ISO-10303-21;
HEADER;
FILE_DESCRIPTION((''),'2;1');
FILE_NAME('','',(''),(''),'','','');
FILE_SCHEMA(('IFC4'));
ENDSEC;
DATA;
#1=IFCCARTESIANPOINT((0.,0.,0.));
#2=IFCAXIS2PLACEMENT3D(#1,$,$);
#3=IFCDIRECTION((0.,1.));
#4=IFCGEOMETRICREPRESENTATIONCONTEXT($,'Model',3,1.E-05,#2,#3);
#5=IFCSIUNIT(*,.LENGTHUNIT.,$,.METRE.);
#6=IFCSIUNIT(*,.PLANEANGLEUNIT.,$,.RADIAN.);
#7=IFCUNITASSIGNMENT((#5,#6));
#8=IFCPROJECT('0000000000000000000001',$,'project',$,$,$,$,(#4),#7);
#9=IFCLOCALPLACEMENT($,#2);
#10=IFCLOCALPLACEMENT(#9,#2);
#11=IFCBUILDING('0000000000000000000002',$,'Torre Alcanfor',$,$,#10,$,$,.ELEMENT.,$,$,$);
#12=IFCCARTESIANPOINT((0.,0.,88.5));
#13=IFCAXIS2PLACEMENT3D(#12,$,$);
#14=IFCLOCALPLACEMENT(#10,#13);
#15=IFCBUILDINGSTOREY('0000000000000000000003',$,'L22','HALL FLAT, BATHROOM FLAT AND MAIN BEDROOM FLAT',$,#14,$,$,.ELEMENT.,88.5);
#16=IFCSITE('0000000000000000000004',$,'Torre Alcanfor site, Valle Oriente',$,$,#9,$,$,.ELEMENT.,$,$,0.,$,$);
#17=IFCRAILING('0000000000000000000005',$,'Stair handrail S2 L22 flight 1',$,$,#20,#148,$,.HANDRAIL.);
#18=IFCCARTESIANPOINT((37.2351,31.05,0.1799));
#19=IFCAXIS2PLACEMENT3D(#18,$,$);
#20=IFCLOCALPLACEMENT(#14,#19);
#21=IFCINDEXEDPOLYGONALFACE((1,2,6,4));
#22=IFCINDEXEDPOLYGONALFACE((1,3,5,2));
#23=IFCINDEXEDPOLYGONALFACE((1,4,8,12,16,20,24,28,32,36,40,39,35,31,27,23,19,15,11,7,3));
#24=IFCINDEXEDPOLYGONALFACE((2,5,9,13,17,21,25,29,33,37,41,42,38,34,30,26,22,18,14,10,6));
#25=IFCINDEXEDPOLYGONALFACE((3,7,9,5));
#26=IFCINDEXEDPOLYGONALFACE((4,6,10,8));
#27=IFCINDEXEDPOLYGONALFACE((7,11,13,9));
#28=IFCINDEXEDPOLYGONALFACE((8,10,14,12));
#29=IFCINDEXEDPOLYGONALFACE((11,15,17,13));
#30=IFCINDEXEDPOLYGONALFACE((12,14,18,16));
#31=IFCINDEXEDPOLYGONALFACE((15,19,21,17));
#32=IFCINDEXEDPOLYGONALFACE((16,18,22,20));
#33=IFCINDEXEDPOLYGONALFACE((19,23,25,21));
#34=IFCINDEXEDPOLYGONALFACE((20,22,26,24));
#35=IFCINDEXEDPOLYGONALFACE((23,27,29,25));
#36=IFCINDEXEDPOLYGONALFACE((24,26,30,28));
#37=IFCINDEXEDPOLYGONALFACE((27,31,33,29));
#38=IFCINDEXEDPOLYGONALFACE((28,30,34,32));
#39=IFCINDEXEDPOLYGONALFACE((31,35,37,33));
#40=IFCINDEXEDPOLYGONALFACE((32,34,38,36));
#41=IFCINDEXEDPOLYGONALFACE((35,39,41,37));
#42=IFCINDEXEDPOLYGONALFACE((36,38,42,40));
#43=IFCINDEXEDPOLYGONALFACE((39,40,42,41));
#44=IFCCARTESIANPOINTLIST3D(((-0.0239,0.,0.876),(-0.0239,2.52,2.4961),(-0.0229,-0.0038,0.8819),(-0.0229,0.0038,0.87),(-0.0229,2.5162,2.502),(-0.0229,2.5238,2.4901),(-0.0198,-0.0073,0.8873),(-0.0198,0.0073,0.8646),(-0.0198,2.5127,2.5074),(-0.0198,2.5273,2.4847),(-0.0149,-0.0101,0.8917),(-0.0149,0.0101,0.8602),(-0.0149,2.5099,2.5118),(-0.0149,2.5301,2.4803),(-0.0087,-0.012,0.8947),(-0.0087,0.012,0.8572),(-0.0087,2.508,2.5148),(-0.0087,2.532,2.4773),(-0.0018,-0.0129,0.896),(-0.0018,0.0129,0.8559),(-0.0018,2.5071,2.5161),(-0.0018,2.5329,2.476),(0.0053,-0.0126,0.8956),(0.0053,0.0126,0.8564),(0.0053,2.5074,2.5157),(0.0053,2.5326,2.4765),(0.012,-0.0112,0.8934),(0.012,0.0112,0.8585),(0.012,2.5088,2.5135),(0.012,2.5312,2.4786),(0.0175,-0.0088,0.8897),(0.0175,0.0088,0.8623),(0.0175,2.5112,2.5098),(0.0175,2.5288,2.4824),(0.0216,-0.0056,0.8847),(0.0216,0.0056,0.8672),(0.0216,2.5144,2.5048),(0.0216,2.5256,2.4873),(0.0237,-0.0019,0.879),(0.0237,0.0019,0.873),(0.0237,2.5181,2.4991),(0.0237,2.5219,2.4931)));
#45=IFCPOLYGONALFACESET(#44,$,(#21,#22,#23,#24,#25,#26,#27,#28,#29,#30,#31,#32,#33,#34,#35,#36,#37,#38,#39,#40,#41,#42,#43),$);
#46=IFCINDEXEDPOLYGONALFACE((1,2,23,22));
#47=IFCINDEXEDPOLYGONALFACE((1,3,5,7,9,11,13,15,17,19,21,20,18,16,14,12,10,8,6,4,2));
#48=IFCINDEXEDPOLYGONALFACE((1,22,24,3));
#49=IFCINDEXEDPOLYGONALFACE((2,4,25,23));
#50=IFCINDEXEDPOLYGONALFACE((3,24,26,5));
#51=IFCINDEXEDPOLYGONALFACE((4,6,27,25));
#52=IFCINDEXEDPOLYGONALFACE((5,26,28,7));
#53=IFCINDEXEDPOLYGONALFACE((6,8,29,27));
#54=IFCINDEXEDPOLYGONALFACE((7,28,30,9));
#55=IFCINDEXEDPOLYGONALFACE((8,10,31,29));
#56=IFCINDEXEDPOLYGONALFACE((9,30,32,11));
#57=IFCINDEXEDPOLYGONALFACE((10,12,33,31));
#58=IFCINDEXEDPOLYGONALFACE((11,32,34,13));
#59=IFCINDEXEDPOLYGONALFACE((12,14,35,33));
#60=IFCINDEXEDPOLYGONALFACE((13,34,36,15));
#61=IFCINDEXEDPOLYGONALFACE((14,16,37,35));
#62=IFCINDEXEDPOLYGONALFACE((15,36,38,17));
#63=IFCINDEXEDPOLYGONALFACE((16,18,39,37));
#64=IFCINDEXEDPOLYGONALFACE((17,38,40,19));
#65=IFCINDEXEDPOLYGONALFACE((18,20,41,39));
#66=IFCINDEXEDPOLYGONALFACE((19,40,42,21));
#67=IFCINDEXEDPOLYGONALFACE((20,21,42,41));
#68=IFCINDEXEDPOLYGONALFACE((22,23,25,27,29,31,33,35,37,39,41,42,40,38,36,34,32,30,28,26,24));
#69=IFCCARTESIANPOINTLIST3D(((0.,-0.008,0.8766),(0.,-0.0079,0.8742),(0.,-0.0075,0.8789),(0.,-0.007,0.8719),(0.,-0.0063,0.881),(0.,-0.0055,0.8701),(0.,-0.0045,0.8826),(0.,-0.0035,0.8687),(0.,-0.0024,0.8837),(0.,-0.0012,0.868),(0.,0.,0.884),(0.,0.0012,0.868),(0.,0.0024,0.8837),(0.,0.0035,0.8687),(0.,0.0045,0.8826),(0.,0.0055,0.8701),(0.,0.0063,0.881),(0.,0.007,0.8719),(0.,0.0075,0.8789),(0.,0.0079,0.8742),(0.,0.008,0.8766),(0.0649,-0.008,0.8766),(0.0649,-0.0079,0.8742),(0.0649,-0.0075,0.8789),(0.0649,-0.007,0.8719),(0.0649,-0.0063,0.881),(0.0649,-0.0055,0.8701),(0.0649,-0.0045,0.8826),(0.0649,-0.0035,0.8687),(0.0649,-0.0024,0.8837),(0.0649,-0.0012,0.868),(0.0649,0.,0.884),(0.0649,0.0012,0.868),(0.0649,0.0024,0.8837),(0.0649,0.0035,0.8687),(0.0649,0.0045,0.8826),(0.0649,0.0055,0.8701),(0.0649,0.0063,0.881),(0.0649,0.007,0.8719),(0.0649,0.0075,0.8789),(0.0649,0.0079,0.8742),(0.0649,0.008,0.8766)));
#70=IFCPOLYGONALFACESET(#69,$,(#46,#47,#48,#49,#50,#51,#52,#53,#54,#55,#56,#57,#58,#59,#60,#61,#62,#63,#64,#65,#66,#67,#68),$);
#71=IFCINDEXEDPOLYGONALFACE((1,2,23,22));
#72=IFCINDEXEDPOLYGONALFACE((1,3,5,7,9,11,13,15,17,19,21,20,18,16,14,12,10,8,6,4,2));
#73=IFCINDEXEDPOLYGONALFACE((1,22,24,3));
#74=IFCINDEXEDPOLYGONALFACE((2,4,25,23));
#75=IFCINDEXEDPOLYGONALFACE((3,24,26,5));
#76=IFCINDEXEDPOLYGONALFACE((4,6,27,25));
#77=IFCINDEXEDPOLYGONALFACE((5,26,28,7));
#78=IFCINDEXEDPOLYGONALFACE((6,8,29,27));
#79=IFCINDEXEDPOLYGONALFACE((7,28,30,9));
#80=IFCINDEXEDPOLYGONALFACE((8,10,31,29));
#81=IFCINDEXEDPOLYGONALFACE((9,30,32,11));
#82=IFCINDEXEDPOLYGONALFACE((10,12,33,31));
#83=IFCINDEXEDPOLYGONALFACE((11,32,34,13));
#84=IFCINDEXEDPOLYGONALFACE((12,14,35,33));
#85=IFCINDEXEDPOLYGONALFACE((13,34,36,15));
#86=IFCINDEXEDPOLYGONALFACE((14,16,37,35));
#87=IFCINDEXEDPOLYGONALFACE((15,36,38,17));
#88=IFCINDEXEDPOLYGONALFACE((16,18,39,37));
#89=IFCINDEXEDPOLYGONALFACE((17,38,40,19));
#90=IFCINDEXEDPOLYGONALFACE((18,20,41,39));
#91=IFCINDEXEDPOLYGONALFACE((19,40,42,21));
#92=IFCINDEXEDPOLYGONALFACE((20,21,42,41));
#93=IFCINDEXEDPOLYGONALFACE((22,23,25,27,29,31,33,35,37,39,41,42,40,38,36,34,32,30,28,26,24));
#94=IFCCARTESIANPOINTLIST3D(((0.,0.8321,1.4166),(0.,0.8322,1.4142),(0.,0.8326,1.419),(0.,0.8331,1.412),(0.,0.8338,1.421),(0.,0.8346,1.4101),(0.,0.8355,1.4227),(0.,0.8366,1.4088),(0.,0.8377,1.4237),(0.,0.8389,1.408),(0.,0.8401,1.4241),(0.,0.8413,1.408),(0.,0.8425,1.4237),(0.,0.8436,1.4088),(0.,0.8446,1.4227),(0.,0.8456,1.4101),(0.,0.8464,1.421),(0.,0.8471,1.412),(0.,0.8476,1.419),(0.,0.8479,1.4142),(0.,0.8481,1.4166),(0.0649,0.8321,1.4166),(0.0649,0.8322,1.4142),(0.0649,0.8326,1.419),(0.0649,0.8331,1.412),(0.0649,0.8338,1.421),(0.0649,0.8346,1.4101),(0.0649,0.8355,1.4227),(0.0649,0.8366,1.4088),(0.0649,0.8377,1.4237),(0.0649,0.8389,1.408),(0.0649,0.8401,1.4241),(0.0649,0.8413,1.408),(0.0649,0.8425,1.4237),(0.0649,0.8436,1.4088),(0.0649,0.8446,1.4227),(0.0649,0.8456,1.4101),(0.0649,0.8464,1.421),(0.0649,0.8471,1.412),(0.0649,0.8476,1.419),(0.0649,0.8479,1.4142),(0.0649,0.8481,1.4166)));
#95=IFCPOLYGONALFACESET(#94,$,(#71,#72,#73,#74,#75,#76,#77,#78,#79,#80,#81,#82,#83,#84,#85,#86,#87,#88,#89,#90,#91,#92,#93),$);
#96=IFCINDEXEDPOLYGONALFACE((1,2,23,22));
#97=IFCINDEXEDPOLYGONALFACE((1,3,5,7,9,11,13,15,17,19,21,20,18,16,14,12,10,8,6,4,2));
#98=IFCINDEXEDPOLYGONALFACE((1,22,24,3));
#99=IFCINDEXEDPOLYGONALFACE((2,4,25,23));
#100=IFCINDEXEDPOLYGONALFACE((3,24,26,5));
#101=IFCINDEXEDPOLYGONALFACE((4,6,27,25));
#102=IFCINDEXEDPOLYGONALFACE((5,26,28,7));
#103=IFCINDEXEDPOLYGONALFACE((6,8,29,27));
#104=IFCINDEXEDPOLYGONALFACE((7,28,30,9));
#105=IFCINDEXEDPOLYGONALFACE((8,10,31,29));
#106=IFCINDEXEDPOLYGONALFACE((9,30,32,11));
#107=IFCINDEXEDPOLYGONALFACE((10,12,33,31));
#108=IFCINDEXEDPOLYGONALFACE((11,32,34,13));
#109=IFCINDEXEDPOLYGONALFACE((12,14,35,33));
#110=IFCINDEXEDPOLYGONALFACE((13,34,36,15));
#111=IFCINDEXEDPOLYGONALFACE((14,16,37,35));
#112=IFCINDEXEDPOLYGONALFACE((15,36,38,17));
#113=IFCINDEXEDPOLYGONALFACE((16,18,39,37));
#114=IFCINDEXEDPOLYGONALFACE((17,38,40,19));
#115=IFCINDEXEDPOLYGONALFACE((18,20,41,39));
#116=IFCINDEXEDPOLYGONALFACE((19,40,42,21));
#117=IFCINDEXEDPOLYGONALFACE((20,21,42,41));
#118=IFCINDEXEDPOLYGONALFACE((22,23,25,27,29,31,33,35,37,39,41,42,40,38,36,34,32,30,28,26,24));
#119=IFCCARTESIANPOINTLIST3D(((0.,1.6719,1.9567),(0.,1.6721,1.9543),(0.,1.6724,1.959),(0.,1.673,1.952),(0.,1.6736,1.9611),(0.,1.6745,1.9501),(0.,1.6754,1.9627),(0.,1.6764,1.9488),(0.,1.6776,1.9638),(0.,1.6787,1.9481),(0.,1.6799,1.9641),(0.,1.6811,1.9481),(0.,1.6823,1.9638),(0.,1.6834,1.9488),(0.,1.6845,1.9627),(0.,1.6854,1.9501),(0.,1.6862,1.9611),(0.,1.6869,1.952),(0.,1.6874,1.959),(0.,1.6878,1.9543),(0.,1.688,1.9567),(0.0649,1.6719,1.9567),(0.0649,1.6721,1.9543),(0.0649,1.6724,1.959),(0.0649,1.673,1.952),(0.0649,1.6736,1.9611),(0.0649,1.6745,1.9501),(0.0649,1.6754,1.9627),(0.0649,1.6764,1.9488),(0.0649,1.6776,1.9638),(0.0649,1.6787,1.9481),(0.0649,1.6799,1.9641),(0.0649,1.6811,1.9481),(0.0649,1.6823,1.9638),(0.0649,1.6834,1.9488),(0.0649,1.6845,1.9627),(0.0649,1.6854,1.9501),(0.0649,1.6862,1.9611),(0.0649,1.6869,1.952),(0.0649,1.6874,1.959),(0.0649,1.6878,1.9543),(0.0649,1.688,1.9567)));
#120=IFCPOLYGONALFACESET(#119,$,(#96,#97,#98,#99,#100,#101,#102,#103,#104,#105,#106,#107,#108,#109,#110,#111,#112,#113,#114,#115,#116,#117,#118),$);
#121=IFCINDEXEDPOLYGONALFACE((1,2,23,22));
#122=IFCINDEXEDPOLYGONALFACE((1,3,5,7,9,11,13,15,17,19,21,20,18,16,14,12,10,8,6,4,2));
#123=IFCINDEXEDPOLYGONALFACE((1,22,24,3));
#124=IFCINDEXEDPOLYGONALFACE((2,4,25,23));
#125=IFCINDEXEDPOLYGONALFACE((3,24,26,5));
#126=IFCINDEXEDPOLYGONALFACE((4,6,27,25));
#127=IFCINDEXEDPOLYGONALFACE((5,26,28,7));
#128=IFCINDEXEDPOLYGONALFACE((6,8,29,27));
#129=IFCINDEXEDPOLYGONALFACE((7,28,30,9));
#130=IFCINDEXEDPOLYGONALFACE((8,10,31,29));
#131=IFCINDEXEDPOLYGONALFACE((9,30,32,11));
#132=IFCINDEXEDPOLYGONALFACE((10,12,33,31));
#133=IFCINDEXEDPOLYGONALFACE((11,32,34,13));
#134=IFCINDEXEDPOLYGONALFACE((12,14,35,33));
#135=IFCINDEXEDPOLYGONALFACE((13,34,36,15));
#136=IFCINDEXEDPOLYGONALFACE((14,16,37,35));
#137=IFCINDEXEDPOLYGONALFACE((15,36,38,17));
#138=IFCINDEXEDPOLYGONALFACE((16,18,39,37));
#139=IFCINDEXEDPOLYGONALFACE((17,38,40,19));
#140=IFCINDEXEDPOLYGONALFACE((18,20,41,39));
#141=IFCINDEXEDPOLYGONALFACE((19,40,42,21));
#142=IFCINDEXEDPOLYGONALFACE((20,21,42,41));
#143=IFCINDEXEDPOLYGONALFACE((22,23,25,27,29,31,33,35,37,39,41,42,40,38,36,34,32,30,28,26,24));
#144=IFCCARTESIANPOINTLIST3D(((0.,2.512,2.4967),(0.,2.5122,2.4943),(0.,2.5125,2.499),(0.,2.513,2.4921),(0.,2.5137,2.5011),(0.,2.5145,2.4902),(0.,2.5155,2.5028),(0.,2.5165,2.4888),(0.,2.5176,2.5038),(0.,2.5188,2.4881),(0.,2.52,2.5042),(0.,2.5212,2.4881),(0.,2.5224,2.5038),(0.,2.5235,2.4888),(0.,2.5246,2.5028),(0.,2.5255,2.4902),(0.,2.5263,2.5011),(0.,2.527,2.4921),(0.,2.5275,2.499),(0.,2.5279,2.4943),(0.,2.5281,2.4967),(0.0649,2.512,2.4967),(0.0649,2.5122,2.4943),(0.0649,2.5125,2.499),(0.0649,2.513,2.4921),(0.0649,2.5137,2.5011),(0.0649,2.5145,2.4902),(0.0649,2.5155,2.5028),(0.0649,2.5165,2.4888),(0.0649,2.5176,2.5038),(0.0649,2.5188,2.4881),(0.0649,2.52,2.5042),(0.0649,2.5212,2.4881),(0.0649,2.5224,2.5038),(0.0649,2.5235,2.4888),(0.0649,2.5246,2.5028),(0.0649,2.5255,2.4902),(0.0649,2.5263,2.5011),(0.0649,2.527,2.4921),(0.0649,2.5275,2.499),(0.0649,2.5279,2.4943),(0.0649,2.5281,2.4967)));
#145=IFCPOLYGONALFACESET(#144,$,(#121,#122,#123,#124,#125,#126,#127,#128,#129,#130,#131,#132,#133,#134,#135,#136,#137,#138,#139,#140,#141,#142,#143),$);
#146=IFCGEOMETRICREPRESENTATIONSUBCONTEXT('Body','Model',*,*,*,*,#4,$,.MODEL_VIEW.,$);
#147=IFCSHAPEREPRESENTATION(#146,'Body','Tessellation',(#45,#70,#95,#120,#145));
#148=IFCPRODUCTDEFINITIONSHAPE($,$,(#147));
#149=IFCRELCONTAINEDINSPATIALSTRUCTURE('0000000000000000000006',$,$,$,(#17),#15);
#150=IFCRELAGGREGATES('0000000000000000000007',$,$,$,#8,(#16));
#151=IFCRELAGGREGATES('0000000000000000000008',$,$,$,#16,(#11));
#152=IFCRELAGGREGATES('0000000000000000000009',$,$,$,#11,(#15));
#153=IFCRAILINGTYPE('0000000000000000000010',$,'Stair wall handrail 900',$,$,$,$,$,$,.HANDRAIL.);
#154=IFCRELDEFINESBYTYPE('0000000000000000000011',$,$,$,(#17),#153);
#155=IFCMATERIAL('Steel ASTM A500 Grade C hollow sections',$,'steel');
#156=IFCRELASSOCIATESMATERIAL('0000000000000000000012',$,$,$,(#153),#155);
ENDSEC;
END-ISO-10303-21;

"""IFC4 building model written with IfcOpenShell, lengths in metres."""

from ifc_helpers import new_model, si_unit, direction, frame, origin, origin_2d, place, context, subcontext, project, spatial, circle, extrude, material, type_object, element, save


model = new_model("IFC4")

# Units and contexts
model_context = context("Model", 3, precision=1e-05, world=origin(), true_north=direction((0.0, 1.0)))
body_context = subcontext(model_context, "Body", "Model", "MODEL_VIEW")
ifc_project = project(units=[si_unit("LENGTHUNIT", "METRE"), si_unit("PLANEANGLEUNIT", "RADIAN")], contexts=[model_context])

# Site, building, storey
site_placement = place(None, origin())
site = spatial("IfcSite", under=ifc_project, at=site_placement, Name="Torre Alcanfor site, Valle Oriente", CompositionType="ELEMENT", RefElevation=0.0)
building_placement = place(site_placement, origin())
building = spatial("IfcBuilding", under=site, at=building_placement, Name="Torre Alcanfor", CompositionType="ELEMENT")
storey_placement = place(building_placement, frame((0.0, 0.0, 88.5)))
storey = spatial("IfcBuildingStorey", under=building, at=storey_placement, Name="L22", Description="HALL FLAT, BATHROOM FLAT AND MAIN BEDROOM FLAT", CompositionType="ELEMENT", Elevation=88.5)

# Railing
ifc_material_1 = material(Name="Steel ASTM A500 Grade C hollow sections", Category="steel")
railing_type_1 = type_object("IfcRailingType", Name="Stair wall handrail 900", PredefinedType="HANDRAIL", material=ifc_material_1)
railing_1_placement = place(storey_placement, frame((37.2351, 31.05, 0.1799)))
element("IfcRailing", 1, at=railing_1_placement, inside=storey, type_object=railing_type_1, Name="Stair handrail S2 L22 flight 1", PredefinedType="HANDRAIL", context=body_context, shape_type="SweptSolid", body=[
    extrude(circle(Radius=0.0239, at=origin_2d()), frame((0.0, 0.0, 0.876), z_axis=(0.0, 0.841163, 0.540782), x_axis=(-1.0, 0.0, 0.0)), (0.0, 0.0, 1.0), 2.9958),
    extrude(circle(Radius=0.0081, at=origin_2d()), frame((0.0, 0.0, 0.876), z_axis=(1.0, 0.0, 0.0), x_axis=(0.0, 0.0, 1.0)), (0.0, 0.0, 1.0), 0.0649),
    extrude(circle(Radius=0.0081, at=origin_2d()), frame((0.0, 0.8401, 1.416), z_axis=(1.0, 0.0, 0.0), x_axis=(0.0, 0.0, 1.0)), (0.0, 0.0, 1.0), 0.0649),
    extrude(circle(Radius=0.0081, at=origin_2d()), frame((0.0, 1.6799, 1.9561), z_axis=(1.0, 0.0, 0.0), x_axis=(0.0, 0.0, 1.0)), (0.0, 0.0, 1.0), 0.0649),
    extrude(circle(Radius=0.0081, at=origin_2d()), frame((0.0, 2.52, 2.4961), z_axis=(1.0, 0.0, 0.0), x_axis=(0.0, 0.0, 1.0)), (0.0, 0.0, 1.0), 0.0649),
])

save(model, "model.ifc")
